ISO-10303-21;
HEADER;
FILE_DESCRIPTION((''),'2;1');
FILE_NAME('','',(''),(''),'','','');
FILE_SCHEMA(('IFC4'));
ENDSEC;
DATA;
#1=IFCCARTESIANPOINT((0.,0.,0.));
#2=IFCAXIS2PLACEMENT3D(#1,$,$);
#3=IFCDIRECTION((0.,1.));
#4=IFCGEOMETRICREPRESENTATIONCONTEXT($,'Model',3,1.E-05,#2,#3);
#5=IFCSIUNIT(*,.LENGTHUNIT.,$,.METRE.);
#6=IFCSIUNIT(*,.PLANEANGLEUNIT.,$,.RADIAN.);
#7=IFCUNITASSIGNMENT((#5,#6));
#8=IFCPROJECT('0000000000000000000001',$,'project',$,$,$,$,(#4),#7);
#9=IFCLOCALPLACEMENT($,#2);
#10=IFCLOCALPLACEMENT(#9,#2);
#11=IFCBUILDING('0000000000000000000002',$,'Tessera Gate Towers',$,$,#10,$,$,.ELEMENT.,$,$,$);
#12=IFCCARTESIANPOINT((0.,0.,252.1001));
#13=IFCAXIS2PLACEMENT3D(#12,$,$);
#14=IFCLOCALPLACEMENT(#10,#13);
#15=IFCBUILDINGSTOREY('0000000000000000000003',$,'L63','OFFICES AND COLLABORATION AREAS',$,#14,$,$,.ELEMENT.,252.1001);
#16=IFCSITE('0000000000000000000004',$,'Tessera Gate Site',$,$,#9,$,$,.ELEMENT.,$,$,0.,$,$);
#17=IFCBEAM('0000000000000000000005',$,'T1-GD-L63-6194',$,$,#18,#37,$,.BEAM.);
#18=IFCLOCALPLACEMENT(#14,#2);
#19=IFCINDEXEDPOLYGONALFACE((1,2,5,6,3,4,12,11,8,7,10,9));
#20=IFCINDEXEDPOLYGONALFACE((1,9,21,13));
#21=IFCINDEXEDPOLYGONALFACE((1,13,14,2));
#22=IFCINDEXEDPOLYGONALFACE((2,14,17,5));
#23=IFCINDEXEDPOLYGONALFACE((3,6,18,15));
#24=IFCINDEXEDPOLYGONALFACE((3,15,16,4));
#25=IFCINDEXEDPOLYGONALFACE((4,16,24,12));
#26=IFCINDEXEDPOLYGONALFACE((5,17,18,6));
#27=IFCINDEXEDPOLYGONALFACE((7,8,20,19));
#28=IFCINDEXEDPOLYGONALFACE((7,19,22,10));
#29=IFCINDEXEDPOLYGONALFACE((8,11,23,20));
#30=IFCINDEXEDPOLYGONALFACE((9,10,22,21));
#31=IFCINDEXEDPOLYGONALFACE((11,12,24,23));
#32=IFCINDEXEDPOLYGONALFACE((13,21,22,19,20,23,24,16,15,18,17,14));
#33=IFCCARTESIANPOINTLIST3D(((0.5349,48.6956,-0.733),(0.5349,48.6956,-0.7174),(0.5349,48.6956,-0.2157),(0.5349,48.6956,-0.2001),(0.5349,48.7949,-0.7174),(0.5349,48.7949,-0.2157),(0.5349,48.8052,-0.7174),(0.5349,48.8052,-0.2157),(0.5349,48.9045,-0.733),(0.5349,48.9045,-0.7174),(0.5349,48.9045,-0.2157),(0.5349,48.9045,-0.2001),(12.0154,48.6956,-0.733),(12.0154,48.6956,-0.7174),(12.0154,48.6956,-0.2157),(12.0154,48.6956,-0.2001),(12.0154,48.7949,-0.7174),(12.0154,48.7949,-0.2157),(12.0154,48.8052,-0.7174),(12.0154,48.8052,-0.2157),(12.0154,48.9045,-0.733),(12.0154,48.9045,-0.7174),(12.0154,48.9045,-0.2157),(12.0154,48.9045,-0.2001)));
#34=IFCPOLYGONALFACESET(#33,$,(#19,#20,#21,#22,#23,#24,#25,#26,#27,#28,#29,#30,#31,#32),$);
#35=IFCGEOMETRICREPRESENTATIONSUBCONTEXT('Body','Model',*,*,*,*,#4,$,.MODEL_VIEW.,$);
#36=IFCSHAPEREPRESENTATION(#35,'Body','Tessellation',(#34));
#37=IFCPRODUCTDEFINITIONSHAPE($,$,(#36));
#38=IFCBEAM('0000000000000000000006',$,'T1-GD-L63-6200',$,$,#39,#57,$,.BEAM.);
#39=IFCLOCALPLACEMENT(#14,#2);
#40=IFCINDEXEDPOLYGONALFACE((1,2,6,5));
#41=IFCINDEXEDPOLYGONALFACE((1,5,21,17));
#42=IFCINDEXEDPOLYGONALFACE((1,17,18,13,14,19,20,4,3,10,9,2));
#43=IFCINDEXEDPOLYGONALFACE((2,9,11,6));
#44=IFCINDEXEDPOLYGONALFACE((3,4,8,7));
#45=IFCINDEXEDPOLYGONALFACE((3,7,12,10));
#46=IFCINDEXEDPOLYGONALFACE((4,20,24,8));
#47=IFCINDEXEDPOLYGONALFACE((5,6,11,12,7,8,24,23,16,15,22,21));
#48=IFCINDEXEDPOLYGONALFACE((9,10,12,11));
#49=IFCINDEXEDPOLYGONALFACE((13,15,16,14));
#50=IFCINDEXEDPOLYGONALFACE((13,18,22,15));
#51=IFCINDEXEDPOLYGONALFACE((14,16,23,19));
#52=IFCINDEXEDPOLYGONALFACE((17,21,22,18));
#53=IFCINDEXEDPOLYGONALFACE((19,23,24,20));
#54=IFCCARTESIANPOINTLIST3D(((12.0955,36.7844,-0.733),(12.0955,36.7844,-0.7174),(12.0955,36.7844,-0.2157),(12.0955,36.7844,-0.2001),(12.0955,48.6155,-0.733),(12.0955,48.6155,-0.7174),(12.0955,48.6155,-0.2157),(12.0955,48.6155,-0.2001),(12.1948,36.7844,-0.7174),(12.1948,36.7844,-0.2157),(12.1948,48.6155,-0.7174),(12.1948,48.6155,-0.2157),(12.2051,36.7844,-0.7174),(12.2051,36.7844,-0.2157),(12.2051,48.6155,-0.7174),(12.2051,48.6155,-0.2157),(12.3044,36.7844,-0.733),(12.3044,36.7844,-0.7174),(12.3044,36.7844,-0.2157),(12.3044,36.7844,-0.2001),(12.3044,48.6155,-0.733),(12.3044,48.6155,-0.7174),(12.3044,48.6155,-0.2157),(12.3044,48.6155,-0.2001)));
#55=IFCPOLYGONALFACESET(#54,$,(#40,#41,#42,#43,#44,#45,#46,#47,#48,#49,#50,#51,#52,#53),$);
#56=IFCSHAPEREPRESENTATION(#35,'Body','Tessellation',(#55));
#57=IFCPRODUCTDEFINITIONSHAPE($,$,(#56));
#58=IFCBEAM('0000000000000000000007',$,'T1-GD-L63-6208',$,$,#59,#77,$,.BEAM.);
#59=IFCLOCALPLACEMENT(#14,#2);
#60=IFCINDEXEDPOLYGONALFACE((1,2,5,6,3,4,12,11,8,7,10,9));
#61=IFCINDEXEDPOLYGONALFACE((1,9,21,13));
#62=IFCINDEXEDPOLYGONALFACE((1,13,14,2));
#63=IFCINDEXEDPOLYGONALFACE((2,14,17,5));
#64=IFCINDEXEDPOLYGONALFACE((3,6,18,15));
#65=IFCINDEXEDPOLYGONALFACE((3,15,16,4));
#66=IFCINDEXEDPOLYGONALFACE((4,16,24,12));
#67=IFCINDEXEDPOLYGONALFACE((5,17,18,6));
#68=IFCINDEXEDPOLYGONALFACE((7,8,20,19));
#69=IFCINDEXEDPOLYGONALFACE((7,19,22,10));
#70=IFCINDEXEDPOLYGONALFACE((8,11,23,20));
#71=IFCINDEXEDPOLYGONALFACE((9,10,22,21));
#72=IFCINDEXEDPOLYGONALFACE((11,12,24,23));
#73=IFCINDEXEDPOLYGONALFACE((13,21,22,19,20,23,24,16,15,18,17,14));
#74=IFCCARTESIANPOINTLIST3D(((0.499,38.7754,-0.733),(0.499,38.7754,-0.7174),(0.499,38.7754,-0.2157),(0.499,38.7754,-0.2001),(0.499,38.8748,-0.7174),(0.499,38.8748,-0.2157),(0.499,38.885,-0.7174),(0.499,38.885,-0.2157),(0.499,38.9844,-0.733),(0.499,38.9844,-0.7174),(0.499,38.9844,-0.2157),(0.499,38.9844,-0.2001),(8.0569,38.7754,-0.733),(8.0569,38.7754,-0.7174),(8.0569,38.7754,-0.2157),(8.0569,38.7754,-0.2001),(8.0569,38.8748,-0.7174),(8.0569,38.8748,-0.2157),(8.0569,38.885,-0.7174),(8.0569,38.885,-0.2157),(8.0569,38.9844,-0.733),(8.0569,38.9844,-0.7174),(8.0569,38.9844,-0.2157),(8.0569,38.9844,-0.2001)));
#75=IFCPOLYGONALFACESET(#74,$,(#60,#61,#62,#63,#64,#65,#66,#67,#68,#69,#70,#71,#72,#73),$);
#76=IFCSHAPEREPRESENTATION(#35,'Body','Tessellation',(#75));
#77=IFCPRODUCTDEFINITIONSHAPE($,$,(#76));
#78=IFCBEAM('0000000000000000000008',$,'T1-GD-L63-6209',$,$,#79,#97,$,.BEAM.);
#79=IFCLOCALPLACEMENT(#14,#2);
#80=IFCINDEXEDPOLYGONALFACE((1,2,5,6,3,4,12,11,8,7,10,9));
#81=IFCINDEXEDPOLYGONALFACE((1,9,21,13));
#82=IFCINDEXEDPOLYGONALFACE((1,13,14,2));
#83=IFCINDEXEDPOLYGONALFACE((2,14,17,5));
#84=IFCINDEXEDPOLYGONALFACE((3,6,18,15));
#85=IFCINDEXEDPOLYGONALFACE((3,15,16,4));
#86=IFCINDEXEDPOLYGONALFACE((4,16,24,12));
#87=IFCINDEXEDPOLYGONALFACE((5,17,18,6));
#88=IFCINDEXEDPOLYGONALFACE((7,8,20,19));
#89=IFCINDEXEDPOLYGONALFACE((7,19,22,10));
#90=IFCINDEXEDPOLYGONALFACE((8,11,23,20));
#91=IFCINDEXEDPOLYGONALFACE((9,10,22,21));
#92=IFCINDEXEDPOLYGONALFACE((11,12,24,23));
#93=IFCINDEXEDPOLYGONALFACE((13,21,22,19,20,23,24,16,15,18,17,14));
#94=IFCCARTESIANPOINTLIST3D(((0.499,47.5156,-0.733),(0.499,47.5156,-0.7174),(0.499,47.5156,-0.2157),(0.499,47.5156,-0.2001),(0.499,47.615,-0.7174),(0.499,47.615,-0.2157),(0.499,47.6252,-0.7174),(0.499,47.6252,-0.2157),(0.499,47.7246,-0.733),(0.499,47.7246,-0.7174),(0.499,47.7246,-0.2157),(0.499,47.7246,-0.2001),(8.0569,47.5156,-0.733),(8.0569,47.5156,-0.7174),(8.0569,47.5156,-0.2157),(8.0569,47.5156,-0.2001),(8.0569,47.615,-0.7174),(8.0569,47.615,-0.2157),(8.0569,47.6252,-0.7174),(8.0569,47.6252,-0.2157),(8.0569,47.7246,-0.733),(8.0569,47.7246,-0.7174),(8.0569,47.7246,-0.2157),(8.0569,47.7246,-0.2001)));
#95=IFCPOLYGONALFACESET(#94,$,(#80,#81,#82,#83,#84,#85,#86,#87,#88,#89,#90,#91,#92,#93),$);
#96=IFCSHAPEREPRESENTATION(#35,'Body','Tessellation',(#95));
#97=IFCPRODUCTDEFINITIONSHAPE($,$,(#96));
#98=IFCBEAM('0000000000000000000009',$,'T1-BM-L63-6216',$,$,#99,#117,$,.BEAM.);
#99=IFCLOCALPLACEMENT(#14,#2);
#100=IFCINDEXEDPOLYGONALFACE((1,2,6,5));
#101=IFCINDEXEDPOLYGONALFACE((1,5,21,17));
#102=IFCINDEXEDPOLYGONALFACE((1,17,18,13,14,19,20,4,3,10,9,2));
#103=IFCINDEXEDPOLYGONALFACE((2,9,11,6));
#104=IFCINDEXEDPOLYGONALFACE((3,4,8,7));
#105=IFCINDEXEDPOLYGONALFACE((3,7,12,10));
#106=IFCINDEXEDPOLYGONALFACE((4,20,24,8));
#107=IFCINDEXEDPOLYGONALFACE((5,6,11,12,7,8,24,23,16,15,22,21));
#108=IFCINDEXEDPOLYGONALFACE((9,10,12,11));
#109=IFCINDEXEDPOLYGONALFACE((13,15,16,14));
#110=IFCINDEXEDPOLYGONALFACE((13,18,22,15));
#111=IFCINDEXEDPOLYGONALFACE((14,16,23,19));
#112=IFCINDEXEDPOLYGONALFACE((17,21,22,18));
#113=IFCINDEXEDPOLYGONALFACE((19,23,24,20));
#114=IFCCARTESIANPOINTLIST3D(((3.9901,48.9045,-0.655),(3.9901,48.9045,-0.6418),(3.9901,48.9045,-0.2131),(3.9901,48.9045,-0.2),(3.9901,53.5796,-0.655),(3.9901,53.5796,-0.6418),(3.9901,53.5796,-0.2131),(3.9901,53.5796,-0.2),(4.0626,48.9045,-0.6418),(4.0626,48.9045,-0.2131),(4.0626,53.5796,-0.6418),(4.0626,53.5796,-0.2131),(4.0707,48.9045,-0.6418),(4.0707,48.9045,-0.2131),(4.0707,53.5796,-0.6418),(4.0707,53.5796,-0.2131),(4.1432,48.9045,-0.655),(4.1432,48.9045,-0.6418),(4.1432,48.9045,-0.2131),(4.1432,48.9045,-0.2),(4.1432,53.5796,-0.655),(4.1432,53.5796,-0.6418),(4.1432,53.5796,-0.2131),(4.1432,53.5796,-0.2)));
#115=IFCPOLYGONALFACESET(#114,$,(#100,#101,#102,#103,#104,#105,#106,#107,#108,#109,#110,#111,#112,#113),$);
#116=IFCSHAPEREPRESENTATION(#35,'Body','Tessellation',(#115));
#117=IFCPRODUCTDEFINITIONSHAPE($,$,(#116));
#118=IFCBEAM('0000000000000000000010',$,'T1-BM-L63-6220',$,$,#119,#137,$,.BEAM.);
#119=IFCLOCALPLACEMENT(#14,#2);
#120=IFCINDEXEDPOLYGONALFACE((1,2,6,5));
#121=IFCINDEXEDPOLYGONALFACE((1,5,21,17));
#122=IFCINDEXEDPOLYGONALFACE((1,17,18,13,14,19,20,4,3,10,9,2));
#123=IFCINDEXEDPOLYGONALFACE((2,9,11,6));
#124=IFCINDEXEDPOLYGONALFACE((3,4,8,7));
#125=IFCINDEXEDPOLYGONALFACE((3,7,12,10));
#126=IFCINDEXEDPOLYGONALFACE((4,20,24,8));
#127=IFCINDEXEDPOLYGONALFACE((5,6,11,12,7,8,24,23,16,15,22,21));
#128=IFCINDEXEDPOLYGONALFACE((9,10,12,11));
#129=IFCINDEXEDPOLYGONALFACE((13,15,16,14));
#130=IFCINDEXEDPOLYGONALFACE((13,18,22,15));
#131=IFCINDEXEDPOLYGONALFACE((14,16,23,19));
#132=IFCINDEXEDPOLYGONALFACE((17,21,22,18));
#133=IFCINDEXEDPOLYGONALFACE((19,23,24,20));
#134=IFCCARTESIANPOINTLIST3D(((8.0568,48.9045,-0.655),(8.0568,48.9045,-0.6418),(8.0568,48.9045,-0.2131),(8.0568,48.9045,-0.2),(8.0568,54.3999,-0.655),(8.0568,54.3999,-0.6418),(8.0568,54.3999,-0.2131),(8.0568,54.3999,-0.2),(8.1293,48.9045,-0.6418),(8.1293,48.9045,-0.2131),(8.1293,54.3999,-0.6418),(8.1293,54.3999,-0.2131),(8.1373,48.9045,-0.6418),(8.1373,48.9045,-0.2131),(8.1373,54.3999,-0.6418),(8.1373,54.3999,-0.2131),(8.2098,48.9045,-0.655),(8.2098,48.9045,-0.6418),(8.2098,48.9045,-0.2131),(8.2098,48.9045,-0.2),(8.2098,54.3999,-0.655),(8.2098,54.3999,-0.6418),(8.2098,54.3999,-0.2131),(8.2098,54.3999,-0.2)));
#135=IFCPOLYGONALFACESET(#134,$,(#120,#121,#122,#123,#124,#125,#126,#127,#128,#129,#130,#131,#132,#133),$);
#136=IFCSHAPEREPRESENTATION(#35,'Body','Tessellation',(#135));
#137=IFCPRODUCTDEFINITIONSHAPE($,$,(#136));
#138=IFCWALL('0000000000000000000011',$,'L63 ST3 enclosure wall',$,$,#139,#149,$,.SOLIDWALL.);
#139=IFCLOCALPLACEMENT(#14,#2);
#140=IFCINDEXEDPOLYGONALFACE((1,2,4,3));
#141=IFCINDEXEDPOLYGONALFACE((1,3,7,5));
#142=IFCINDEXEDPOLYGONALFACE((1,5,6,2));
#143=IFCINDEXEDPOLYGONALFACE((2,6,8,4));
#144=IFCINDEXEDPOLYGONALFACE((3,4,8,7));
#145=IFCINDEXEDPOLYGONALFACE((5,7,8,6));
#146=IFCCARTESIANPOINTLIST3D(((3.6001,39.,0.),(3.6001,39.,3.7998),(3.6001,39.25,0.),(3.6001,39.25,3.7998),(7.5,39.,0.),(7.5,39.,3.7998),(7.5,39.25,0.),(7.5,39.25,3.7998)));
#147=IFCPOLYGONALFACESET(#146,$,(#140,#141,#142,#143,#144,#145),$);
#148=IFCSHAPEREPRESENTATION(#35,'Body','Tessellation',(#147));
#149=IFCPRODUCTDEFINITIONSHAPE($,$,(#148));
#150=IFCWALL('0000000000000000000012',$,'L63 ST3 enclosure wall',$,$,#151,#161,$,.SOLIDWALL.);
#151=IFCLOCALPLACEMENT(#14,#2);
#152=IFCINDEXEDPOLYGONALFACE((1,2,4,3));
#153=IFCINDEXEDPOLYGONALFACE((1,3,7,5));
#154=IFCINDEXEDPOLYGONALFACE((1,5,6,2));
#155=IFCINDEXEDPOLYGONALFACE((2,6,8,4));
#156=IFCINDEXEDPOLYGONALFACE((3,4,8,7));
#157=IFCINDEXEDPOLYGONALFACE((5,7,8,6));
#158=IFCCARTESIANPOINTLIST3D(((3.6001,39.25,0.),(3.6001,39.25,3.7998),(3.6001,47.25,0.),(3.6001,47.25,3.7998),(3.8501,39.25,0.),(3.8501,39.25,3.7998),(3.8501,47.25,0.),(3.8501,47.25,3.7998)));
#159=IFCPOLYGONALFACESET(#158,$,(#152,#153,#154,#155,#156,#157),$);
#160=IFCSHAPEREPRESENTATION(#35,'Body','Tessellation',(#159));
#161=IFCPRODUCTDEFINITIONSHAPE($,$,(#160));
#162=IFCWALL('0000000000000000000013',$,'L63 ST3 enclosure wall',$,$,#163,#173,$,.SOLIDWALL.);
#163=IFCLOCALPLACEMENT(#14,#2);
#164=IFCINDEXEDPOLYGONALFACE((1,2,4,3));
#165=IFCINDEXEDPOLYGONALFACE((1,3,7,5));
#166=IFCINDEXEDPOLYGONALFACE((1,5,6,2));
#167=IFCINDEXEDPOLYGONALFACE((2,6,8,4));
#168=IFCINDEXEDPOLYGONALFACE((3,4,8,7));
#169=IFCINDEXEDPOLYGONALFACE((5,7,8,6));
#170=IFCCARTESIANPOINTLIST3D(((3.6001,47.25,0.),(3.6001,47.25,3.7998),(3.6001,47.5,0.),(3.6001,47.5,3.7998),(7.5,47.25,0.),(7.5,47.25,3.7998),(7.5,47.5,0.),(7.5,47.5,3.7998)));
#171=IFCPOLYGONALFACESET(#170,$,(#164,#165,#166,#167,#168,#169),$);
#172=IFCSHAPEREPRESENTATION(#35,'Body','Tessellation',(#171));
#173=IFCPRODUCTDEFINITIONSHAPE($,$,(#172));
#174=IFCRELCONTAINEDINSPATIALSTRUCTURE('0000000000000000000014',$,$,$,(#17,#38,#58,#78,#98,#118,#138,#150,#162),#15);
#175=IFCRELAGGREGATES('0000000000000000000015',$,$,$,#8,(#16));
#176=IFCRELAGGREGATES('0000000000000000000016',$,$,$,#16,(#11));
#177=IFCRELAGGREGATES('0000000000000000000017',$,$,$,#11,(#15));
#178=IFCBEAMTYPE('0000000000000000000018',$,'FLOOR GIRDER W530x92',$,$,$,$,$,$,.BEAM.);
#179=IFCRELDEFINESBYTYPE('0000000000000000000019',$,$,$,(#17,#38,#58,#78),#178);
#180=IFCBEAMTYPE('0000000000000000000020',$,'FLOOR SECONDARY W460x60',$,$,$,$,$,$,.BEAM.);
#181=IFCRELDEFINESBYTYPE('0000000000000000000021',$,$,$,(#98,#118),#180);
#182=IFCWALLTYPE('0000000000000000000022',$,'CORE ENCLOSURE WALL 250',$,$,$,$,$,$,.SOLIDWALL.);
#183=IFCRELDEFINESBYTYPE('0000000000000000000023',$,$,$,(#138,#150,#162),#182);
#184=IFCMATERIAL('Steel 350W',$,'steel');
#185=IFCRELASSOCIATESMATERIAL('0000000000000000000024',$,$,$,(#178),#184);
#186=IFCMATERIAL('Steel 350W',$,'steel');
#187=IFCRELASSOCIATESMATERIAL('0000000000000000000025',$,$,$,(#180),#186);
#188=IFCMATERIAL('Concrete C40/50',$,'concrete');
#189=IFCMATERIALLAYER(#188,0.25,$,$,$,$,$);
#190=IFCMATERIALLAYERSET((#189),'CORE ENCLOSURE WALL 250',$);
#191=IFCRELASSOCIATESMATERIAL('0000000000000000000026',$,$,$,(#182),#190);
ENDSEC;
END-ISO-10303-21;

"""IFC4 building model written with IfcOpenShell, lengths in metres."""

from ifc_helpers import new_model, si_unit, direction, frame, frame_2d, origin, origin_2d, place, context, subcontext, project, spatial, rectangle, i_section, extrude, material, layer, layer_set, material_profile, profile_set, type_object, element, save


model = new_model("IFC4")

# Units and contexts
model_context = context("Model", 3, precision=1e-05, world=origin(), true_north=direction((0.0, 1.0)))
body_context = subcontext(model_context, "Body", "Model", "MODEL_VIEW")
ifc_project = project(units=[si_unit("LENGTHUNIT", "METRE"), si_unit("PLANEANGLEUNIT", "RADIAN")], contexts=[model_context])

# Site, building, storey
site_placement = place(None, origin())
site = spatial("IfcSite", under=ifc_project, at=site_placement, Name="Tessera Gate Site", CompositionType="ELEMENT", RefElevation=0.0)
building_placement = place(site_placement, origin())
building = spatial("IfcBuilding", under=site, at=building_placement, Name="Tessera Gate Towers", CompositionType="ELEMENT")
storey_placement = place(building_placement, frame((0.0, 0.0, 252.1001)))
storey = spatial("IfcBuildingStorey", under=building, at=storey_placement, Name="L63", Description="OFFICES AND COLLABORATION AREAS", CompositionType="ELEMENT", Elevation=252.1001)

# Beams
ifc_material_1 = material(Name="Steel 350W", Category="steel")
ifc_material_profile_1 = material_profile(ifc_material_1, i_section(OverallWidth=0.209, OverallDepth=0.533, WebThickness=0.0103, FlangeThickness=0.0156, at=origin_2d()), Name="W530x92")
ifc_profile_set_1 = profile_set([ifc_material_profile_1], Name="Steel 350W")
beam_type_1 = type_object("IfcBeamType", Name="FLOOR GIRDER W530x92", PredefinedType="BEAM", material=ifc_profile_set_1)
beam_1_placement = place(storey_placement, frame((0.5349, 48.8, -0.4666), z_axis=(1.0, 0.0, 0.0), x_axis=(0.0, 1.0, 0.0)))
element("IfcBeam", 1, at=beam_1_placement, inside=storey, type_object=beam_type_1, Name="T1-GD-L63-6194", PredefinedType="BEAM", context=body_context, shape_type="SweptSolid", body=[
    extrude(i_section(OverallWidth=0.209, OverallDepth=0.533, WebThickness=0.0103, FlangeThickness=0.0156, at=origin_2d()), origin(), (0.0, 0.0, 1.0), 11.4805),
])
beam_2_placement = place(storey_placement, frame((12.2, 36.7844, -0.4666), z_axis=(0.0, 1.0, 0.0), x_axis=(-1.0, 0.0, 0.0)))
element("IfcBeam", 2, at=beam_2_placement, inside=storey, type_object=beam_type_1, Name="T1-GD-L63-6200", PredefinedType="BEAM", context=body_context, shape_type="SweptSolid", body=[
    extrude(i_section(OverallWidth=0.209, OverallDepth=0.533, WebThickness=0.0103, FlangeThickness=0.0156, at=origin_2d()), origin(), (0.0, 0.0, 1.0), 11.8311),
])
for number, where, z_axis, x_axis, name in (
    (3, (0.499, 38.8799, -0.4666), (1.0, 0.0, 0.0), (0.0, 1.0, 0.0), "T1-GD-L63-6208"),
    (4, (0.499, 47.6201, -0.4666), (1.0, 0.0, 0.0), (0.0, 1.0, 0.0), "T1-GD-L63-6209"),
):
    element("IfcBeam", number, at=place(storey_placement, frame(where, z_axis=z_axis, x_axis=x_axis)), inside=storey, type_object=beam_type_1, Name=name, PredefinedType="BEAM", context=body_context, shape_type="SweptSolid", body=[
        extrude(i_section(OverallWidth=0.209, OverallDepth=0.533, WebThickness=0.0103, FlangeThickness=0.0156, at=origin_2d()), origin(), (0.0, 0.0, 1.0), 7.5579),
    ])
ifc_material_2 = material(Name="Steel 350W", Category="steel")
ifc_material_profile_2 = material_profile(ifc_material_2, i_section(OverallWidth=0.1531, OverallDepth=0.4551, WebThickness=0.0081, FlangeThickness=0.0132, at=origin_2d()), Name="W460x60")
ifc_profile_set_2 = profile_set([ifc_material_profile_2], Name="Steel 350W")
beam_type_2 = type_object("IfcBeamType", Name="FLOOR SECONDARY W460x60", PredefinedType="BEAM", material=ifc_profile_set_2)
beam_3_placement = place(storey_placement, frame((4.0667, 48.9045, -0.4275), z_axis=(0.0, 1.0, 0.0), x_axis=(-1.0, 0.0, 0.0)))
element("IfcBeam", 5, at=beam_3_placement, inside=storey, type_object=beam_type_2, Name="T1-BM-L63-6216", PredefinedType="BEAM", context=body_context, shape_type="SweptSolid", body=[
    extrude(i_section(OverallWidth=0.1531, OverallDepth=0.4551, WebThickness=0.0081, FlangeThickness=0.0132, at=origin_2d()), origin(), (0.0, 0.0, 1.0), 4.675),
])
beam_4_placement = place(storey_placement, frame((8.1333, 48.9045, -0.4275), z_axis=(0.0, 1.0, 0.0), x_axis=(-1.0, 0.0, 0.0)))
element("IfcBeam", 6, at=beam_4_placement, inside=storey, type_object=beam_type_2, Name="T1-BM-L63-6220", PredefinedType="BEAM", context=body_context, shape_type="SweptSolid", body=[
    extrude(i_section(OverallWidth=0.1531, OverallDepth=0.4551, WebThickness=0.0081, FlangeThickness=0.0132, at=origin_2d()), origin(), (0.0, 0.0, 1.0), 5.4954),
])

# Walls
ifc_material_3 = material(Name="Concrete C40/50", Category="concrete")
ifc_layer_1 = layer(ifc_material_3, 0.25)
ifc_layer_set_1 = layer_set([ifc_layer_1], Name="CORE ENCLOSURE WALL 250")
wall_type_1 = type_object("IfcWallType", Name="CORE ENCLOSURE WALL 250", PredefinedType="SOLIDWALL", material=ifc_layer_set_1)
wall_1_placement = place(storey_placement, frame((7.5, 39.125, 0.0), z_axis=(0.0, 0.0, 1.0), x_axis=(-1.0, 0.0, 0.0)))
element("IfcWall", 7, at=wall_1_placement, inside=storey, type_object=wall_type_1, Name="L63 ST3 enclosure wall", PredefinedType="SOLIDWALL", context=body_context, shape_type="SweptSolid", body=[
    extrude(rectangle(XDim=3.8999, YDim=0.25, at=frame_2d((1.95, 0.0))), origin(), (0.0, 0.0, 1.0), 3.7998),
])
wall_2_placement = place(storey_placement, frame((3.7251, 39.25, 0.0), z_axis=(0.0, 0.0, 1.0), x_axis=(0.0, 1.0, 0.0)))
element("IfcWall", 8, at=wall_2_placement, inside=storey, type_object=wall_type_1, Name="L63 ST3 enclosure wall", PredefinedType="SOLIDWALL", context=body_context, shape_type="SweptSolid", body=[
    extrude(rectangle(XDim=8.0, YDim=0.25, at=frame_2d((4.0, 0.0))), origin(), (0.0, 0.0, 1.0), 3.7998),
])
wall_3_placement = place(storey_placement, frame((3.6001, 47.375, 0.0), z_axis=(0.0, 0.0, 1.0), x_axis=(1.0, 0.0, 0.0)))
element("IfcWall", 9, at=wall_3_placement, inside=storey, type_object=wall_type_1, Name="L63 ST3 enclosure wall", PredefinedType="SOLIDWALL", context=body_context, shape_type="SweptSolid", body=[
    extrude(rectangle(XDim=3.8999, YDim=0.25, at=frame_2d((1.95, 0.0))), origin(), (0.0, 0.0, 1.0), 3.7998),
])

save(model, "model.ifc")
